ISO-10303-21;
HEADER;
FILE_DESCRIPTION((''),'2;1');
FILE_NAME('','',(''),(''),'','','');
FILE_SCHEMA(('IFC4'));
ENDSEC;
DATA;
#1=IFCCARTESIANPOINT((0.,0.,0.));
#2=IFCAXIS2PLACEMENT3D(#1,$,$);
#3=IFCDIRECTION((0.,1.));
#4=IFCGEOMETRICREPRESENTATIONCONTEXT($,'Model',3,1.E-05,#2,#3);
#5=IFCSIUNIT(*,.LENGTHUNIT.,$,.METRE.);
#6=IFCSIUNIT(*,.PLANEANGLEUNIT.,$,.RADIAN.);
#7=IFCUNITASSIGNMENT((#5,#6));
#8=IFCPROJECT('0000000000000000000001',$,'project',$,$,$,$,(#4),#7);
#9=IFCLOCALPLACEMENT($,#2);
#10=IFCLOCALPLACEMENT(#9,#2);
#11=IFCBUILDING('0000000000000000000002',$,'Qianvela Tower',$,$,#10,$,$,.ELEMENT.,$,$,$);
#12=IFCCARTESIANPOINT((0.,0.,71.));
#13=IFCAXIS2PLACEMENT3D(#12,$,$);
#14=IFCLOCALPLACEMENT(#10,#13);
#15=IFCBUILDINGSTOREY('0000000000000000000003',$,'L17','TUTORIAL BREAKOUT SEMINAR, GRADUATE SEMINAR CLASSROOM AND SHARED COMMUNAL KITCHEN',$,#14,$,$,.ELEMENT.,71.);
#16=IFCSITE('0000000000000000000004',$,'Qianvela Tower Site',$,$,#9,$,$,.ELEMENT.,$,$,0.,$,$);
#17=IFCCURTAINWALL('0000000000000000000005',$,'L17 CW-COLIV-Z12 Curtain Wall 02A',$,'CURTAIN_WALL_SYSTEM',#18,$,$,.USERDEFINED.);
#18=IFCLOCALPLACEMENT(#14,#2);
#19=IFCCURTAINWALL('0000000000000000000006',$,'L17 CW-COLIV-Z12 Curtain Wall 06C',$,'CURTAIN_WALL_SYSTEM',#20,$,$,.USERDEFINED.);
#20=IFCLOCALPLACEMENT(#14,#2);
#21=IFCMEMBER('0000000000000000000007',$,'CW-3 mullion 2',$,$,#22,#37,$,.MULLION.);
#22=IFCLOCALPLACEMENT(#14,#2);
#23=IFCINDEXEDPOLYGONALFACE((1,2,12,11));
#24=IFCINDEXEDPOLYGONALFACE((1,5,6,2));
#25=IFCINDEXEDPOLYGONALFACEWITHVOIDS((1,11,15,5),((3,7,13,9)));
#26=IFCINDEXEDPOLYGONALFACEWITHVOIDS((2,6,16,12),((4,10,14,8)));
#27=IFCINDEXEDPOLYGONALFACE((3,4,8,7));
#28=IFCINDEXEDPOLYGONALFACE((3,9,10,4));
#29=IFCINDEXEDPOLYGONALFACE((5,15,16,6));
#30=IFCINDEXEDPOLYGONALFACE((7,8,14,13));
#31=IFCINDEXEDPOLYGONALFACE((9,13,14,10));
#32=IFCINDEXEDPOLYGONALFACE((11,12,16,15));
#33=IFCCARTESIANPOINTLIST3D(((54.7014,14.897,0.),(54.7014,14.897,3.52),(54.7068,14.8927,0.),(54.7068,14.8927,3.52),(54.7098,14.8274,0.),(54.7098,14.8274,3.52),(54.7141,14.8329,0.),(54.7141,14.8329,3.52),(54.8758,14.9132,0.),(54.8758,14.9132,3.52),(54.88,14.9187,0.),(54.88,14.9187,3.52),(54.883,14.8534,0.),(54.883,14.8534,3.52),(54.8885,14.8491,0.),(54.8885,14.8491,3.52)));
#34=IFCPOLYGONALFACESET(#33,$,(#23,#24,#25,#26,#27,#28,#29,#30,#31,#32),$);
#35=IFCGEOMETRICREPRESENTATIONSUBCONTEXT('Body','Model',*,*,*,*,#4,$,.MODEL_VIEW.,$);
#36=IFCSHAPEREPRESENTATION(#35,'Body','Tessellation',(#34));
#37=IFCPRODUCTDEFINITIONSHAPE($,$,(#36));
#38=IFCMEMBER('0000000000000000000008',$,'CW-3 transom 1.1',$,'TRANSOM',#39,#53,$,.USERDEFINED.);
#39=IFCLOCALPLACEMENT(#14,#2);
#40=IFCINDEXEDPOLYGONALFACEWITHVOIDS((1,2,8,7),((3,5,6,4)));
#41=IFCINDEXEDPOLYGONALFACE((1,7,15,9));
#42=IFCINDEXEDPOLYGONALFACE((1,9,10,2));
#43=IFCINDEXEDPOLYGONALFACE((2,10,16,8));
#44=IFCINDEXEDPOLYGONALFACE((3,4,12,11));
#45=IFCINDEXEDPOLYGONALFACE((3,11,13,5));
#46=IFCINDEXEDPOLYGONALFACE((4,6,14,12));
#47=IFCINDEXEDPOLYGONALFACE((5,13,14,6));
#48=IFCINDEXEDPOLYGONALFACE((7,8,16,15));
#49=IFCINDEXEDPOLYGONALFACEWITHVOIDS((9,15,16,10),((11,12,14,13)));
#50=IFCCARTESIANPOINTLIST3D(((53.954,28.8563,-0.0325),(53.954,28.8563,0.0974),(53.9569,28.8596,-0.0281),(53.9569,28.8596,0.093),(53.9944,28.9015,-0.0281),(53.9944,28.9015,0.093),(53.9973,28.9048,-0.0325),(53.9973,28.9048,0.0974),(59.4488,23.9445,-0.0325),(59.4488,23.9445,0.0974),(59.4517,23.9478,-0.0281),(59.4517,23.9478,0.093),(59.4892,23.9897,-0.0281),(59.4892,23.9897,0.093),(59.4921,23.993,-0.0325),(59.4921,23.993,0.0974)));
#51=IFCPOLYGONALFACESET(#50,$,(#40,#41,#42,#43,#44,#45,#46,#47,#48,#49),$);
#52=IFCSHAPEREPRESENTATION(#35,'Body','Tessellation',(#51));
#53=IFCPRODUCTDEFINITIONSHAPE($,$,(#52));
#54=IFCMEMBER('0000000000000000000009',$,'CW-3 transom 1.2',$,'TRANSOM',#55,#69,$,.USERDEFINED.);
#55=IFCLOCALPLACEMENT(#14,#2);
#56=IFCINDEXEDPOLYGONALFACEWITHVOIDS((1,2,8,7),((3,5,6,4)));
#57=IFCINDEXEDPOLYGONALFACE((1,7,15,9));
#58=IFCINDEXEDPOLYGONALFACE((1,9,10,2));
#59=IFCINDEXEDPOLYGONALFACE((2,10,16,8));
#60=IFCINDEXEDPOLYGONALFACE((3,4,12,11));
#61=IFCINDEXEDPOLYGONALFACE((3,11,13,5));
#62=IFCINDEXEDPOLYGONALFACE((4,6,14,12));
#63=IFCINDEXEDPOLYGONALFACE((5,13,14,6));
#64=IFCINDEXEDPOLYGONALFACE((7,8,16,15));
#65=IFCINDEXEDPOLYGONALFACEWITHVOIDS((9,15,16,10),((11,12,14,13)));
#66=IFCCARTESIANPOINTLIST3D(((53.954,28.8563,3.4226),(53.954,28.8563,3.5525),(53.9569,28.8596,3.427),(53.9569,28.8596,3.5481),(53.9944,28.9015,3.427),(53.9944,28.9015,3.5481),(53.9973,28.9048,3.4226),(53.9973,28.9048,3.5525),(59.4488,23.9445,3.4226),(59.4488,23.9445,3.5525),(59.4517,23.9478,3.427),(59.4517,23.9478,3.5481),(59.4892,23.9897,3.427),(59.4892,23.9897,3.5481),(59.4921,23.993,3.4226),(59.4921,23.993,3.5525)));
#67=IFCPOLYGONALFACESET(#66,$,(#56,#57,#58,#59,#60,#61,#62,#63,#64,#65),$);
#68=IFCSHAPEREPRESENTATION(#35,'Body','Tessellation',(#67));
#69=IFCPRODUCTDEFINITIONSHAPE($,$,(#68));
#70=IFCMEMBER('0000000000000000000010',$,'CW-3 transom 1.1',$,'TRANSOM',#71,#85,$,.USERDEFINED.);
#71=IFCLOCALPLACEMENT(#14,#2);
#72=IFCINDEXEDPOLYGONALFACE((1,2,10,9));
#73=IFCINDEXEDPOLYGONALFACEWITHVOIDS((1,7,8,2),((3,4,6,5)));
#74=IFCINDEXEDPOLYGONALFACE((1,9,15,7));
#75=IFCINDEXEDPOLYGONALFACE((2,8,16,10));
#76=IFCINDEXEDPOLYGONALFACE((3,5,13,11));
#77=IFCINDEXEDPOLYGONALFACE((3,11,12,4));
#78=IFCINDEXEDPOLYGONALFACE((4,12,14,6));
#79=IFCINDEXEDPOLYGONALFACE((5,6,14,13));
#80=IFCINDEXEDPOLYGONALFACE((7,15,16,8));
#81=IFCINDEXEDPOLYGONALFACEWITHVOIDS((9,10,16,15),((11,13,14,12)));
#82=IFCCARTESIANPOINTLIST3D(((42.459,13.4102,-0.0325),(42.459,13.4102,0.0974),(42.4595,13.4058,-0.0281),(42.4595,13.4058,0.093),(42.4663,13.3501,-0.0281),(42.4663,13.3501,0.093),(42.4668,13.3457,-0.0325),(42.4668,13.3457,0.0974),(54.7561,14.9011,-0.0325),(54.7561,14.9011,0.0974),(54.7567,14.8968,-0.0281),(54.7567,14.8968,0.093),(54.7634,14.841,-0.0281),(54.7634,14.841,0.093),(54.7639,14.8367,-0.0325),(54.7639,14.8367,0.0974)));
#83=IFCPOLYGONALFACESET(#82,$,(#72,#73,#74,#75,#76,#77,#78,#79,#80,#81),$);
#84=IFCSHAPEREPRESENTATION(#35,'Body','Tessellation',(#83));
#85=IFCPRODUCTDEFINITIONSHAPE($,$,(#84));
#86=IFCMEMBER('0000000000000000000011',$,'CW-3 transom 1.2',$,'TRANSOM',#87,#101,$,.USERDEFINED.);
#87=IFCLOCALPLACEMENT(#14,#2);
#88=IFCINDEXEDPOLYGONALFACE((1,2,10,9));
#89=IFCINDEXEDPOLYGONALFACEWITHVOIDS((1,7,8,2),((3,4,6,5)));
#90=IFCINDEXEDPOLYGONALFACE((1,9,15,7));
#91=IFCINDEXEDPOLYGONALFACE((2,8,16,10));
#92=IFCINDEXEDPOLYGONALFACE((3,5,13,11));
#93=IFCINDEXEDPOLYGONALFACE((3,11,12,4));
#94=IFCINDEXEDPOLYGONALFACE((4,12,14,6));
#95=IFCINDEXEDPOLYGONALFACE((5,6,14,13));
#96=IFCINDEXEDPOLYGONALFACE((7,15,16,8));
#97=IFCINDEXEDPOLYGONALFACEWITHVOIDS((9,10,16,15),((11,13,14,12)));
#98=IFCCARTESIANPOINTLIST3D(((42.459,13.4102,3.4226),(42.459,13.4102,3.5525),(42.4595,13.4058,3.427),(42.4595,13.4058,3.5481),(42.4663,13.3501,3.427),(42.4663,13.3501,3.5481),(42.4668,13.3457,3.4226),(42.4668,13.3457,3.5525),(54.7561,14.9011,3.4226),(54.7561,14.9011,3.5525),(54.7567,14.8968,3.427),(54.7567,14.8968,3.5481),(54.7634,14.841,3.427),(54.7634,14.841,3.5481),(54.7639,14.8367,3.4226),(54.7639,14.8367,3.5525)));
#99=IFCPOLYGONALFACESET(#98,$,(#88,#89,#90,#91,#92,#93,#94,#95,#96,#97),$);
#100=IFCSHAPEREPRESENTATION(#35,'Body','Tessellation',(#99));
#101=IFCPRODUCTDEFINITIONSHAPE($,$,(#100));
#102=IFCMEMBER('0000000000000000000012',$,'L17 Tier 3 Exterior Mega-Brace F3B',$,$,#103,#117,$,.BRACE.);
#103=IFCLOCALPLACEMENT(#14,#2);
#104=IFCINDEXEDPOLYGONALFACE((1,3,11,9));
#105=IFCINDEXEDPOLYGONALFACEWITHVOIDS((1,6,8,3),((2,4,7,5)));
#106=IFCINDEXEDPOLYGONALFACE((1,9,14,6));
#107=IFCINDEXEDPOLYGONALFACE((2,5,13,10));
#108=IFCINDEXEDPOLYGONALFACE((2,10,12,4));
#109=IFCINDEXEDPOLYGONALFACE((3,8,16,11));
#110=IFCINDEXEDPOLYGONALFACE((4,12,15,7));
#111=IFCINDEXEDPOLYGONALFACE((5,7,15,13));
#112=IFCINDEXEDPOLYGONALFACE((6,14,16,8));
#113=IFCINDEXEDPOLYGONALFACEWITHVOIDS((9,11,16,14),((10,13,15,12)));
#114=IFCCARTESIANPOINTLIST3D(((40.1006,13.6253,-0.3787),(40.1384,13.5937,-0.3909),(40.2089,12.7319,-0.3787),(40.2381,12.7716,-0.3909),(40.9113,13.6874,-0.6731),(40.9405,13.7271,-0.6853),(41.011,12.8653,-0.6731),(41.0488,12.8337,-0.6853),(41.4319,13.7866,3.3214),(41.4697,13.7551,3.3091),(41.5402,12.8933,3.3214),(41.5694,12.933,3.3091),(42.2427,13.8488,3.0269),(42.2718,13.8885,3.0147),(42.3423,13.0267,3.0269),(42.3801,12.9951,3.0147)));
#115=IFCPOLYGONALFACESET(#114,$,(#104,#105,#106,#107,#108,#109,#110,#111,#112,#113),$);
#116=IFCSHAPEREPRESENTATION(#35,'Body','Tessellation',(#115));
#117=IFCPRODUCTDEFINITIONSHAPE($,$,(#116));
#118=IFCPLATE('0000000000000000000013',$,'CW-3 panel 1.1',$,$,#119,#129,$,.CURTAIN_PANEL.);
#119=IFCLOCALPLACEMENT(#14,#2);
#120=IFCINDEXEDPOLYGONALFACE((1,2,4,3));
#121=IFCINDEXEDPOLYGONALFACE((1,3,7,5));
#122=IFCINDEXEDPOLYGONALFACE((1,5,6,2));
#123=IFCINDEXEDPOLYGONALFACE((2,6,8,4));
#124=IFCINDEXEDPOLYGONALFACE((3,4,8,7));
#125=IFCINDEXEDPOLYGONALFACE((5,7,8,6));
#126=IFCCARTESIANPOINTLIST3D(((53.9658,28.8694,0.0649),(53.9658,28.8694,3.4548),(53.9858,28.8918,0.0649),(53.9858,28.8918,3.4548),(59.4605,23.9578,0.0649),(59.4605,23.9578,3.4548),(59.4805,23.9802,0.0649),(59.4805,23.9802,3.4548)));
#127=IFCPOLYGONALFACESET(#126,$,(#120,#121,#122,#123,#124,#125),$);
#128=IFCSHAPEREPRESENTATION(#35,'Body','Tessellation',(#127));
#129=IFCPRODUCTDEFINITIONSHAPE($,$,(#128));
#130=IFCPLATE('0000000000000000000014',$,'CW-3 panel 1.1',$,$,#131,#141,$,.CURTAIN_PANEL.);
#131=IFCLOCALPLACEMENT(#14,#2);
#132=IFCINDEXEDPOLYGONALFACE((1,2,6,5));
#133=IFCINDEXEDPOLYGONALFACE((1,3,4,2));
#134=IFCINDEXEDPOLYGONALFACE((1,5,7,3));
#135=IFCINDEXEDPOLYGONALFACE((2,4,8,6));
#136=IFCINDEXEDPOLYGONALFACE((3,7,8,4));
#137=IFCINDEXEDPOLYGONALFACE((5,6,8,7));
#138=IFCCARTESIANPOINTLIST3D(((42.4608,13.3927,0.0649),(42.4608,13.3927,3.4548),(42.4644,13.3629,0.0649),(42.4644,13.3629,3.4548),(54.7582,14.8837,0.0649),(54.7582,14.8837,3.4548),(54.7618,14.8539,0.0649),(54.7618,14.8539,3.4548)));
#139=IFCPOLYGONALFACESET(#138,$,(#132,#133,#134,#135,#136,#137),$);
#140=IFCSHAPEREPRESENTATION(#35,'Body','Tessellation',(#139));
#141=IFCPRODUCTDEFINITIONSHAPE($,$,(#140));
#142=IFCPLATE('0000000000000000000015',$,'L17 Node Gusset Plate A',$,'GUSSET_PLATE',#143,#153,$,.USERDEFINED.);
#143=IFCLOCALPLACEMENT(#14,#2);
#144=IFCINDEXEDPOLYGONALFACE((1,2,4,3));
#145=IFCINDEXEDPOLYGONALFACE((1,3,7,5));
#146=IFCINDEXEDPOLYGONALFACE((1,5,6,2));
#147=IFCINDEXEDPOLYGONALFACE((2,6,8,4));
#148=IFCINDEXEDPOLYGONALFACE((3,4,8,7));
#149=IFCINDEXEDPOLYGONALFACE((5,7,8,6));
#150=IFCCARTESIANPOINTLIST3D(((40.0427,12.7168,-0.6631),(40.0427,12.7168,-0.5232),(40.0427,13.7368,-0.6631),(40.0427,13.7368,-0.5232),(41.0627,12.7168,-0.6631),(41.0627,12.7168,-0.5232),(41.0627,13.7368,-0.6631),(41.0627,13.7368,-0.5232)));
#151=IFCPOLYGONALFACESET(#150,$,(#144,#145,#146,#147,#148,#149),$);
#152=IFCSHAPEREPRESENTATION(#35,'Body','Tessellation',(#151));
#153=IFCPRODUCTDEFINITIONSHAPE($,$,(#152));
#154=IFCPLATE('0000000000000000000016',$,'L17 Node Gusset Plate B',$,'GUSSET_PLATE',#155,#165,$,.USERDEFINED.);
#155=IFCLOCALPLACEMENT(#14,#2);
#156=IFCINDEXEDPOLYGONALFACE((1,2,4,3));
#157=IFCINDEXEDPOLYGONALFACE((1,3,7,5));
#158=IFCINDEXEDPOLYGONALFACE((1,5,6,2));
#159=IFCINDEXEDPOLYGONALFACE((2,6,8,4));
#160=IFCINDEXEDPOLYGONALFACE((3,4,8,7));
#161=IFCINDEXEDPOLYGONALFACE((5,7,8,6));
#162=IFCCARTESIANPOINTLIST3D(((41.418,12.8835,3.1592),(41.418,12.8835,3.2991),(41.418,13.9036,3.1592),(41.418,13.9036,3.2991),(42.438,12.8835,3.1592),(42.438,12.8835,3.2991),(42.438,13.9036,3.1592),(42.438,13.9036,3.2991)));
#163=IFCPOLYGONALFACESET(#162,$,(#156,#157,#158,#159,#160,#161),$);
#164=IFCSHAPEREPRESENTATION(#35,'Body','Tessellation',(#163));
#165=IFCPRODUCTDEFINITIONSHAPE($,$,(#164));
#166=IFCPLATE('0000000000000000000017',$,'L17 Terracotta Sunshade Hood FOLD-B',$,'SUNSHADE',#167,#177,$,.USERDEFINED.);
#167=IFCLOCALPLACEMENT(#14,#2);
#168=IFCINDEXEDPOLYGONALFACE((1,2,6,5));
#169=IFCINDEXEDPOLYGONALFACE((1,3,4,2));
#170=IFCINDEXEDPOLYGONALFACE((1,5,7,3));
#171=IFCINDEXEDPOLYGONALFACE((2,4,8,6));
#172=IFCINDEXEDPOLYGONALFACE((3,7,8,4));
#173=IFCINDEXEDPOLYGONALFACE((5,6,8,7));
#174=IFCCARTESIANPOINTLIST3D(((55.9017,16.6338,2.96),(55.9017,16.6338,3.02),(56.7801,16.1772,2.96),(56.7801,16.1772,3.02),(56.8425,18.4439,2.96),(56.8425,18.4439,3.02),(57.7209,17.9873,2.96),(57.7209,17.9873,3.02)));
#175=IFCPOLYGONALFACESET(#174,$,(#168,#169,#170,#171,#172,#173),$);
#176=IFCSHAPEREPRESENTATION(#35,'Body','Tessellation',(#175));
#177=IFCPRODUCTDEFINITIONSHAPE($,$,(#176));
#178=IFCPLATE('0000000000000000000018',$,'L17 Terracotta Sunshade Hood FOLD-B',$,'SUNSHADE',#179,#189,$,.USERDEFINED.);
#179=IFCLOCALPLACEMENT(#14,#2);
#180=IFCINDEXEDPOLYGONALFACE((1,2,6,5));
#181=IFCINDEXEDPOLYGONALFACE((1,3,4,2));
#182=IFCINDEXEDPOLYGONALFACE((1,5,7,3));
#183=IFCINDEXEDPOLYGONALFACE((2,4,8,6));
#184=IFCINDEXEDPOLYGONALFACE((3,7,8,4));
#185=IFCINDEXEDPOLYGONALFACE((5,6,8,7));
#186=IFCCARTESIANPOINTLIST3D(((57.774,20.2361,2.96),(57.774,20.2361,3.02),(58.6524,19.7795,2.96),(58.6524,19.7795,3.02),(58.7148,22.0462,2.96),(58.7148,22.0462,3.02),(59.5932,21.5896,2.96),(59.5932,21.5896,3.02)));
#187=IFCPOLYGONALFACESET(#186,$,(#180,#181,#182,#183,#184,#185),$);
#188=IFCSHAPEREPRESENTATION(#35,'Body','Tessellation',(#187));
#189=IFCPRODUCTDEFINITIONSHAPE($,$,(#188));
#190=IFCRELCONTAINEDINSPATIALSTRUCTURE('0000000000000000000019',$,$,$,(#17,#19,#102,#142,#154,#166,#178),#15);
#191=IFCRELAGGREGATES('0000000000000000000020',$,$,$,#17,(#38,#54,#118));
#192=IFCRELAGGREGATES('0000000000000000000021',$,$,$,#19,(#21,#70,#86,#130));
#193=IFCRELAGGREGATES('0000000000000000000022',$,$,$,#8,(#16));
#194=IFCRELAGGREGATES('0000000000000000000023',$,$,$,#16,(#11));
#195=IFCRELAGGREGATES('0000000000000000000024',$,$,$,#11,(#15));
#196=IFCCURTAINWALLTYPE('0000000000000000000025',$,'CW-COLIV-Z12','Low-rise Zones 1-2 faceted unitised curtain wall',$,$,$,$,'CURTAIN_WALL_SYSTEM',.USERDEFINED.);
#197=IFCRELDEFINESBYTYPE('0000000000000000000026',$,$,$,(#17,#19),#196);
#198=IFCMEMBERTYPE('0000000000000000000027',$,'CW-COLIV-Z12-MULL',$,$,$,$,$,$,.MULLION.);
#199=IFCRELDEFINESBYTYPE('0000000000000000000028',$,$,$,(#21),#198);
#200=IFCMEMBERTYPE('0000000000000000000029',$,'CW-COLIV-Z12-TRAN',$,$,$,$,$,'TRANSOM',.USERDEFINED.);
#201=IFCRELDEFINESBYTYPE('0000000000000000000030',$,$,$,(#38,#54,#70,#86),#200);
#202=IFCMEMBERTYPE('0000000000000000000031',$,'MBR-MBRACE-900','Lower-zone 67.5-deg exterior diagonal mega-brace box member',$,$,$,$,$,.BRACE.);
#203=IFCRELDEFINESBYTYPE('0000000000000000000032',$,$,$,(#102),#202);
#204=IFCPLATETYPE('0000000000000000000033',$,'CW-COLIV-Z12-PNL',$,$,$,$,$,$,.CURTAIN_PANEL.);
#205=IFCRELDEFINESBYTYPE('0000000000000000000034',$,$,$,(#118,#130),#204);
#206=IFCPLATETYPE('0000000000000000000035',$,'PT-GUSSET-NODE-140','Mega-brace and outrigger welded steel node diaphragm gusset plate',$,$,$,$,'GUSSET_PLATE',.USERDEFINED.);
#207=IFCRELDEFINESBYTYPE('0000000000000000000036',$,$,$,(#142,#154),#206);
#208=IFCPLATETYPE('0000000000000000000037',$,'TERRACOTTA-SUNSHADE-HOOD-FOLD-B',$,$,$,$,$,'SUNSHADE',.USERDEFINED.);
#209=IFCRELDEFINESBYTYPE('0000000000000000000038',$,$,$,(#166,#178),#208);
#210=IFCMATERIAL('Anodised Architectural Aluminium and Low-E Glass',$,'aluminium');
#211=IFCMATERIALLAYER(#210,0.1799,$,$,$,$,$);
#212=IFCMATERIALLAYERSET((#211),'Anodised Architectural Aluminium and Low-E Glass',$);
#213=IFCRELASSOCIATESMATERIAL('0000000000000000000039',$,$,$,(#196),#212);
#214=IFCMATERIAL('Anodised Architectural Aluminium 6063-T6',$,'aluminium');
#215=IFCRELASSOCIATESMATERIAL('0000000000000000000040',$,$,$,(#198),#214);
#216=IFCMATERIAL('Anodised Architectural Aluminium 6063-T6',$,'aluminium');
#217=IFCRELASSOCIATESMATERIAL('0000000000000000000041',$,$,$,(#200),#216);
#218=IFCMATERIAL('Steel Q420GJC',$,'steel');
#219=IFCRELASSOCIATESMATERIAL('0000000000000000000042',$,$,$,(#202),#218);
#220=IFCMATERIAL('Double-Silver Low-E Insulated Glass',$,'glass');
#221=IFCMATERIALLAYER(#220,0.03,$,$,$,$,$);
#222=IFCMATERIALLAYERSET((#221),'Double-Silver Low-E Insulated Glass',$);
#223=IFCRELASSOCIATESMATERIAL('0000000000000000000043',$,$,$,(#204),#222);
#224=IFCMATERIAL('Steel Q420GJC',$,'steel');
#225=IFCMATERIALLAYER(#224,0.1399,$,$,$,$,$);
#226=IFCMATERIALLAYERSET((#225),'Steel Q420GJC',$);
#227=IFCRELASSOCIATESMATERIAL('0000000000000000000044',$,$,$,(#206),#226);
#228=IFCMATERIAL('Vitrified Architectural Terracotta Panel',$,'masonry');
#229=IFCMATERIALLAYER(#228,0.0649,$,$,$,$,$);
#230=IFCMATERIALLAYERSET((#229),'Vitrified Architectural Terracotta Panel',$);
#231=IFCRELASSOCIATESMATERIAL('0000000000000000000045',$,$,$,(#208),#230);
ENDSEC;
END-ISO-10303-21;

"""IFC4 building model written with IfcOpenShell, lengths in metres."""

from ifc_helpers import new_model, si_unit, direction, frame, origin, origin_2d, place, context, subcontext, project, spatial, rectangle, hollow_rectangle, extrude, material, layer, layer_set, material_profile, profile_set, type_object, element, aggregate, save


model = new_model("IFC4")

# Units and contexts
model_context = context("Model", 3, precision=1e-05, world=origin(), true_north=direction((0.0, 1.0)))
body_context = subcontext(model_context, "Body", "Model", "MODEL_VIEW")
ifc_project = project(units=[si_unit("LENGTHUNIT", "METRE"), si_unit("PLANEANGLEUNIT", "RADIAN")], contexts=[model_context])

# Site, building, storey
site_placement = place(None, origin())
site = spatial("IfcSite", under=ifc_project, at=site_placement, Name="Qianvela Tower Site", CompositionType="ELEMENT", RefElevation=0.0)
building_placement = place(site_placement, origin())
building = spatial("IfcBuilding", under=site, at=building_placement, Name="Qianvela Tower", CompositionType="ELEMENT")
storey_placement = place(building_placement, frame((0.0, 0.0, 71.0)))
storey = spatial("IfcBuildingStorey", under=building, at=storey_placement, Name="L17", Description="TUTORIAL BREAKOUT SEMINAR, GRADUATE SEMINAR CLASSROOM AND SHARED COMMUNAL KITCHEN", CompositionType="ELEMENT", Elevation=71.0)

# Curtain wall
ifc_material_1 = material(Name="Anodised Architectural Aluminium and Low-E Glass", Category="aluminium")
ifc_layer_1 = layer(ifc_material_1, 0.1799)
ifc_layer_set_1 = layer_set([ifc_layer_1], Name="Anodised Architectural Aluminium and Low-E Glass")
curtain_wall_type_1 = type_object("IfcCurtainWallType", Name="CW-COLIV-Z12", Description="Low-rise Zones 1-2 faceted unitised curtain wall", ElementType="CURTAIN_WALL_SYSTEM", PredefinedType="USERDEFINED", material=ifc_layer_set_1)
curtain_wall_1_placement = place(storey_placement, origin())
curtain_wall_1 = element("IfcCurtainWall", 1, at=curtain_wall_1_placement, inside=storey, type_object=curtain_wall_type_1, Name="L17 CW-COLIV-Z12 Curtain Wall 02A", ObjectType="CURTAIN_WALL_SYSTEM", PredefinedType="USERDEFINED")
ifc_material_2 = material(Name="Anodised Architectural Aluminium 6063-T6", Category="aluminium")
ifc_material_profile_1 = material_profile(ifc_material_2, hollow_rectangle(XDim=0.0701, YDim=0.1799, WallThickness=0.0049, at=origin_2d()), Name="ALU-MULL-70x180")
ifc_profile_set_1 = profile_set([ifc_material_profile_1], Name="Anodised Architectural Aluminium 6063-T6")
member_type_1 = type_object("IfcMemberType", Name="CW-COLIV-Z12-MULL", PredefinedType="MULLION", material=ifc_profile_set_1)

# Curtain wall, member
curtain_wall_2_placement = place(storey_placement, origin())
curtain_wall_2 = element("IfcCurtainWall", 2, at=curtain_wall_2_placement, inside=storey, type_object=curtain_wall_type_1, Name="L17 CW-COLIV-Z12 Curtain Wall 06C", ObjectType="CURTAIN_WALL_SYSTEM", PredefinedType="USERDEFINED")
member_1_placement = place(storey_placement, frame((54.7949, 14.873, 0.0), z_axis=(0.0, 0.0, 1.0), x_axis=(-0.12036, 0.99273, 0.0)))
member_1 = element("IfcMember", 3, at=member_1_placement, type_object=member_type_1, Name="CW-3 mullion 2", PredefinedType="MULLION", context=body_context, shape_type="SweptSolid", body=[
    extrude(hollow_rectangle(XDim=0.0701, YDim=0.1799, WallThickness=0.0049, at=origin_2d()), origin(), (0.0, 0.0, 1.0), 3.52),
])

# Members
ifc_material_3 = material(Name="Anodised Architectural Aluminium 6063-T6", Category="aluminium")
ifc_material_profile_2 = material_profile(ifc_material_3, hollow_rectangle(XDim=0.0649, YDim=0.1299, WallThickness=0.0044, at=origin_2d()), Name="ALU-TRAN-65x130")
ifc_profile_set_2 = profile_set([ifc_material_profile_2], Name="Anodised Architectural Aluminium 6063-T6")
member_type_2 = type_object("IfcMemberType", Name="CW-COLIV-Z12-TRAN", ElementType="TRANSOM", PredefinedType="USERDEFINED", material=ifc_profile_set_2)
member_2_placement = place(storey_placement, frame((59.4705, 23.9688, 0.0325), z_axis=(-0.745551, 0.666448, 0.0), x_axis=(-0.666448, -0.745551, 0.0)))
member_2 = element("IfcMember", 4, at=member_2_placement, type_object=member_type_2, Name="CW-3 transom 1.1", ObjectType="TRANSOM", PredefinedType="USERDEFINED", context=body_context, shape_type="SweptSolid", body=[
    extrude(hollow_rectangle(XDim=0.0649, YDim=0.1299, WallThickness=0.0044, at=origin_2d()), origin(), (0.0, 0.0, 1.0), 7.3701),
])
member_3_placement = place(storey_placement, frame((59.4705, 23.9688, 3.4875), z_axis=(-0.745551, 0.666448, 0.0), x_axis=(-0.666448, -0.745551, 0.0)))
member_3 = element("IfcMember", 5, at=member_3_placement, type_object=member_type_2, Name="CW-3 transom 1.2", ObjectType="TRANSOM", PredefinedType="USERDEFINED", context=body_context, shape_type="SweptSolid", body=[
    extrude(hollow_rectangle(XDim=0.0649, YDim=0.1299, WallThickness=0.0044, at=origin_2d()), origin(), (0.0, 0.0, 1.0), 7.3701),
])
member_4_placement = place(storey_placement, frame((42.4629, 13.3779, 0.0325), z_axis=(0.99273, 0.120364, 0.0), x_axis=(-0.120364, 0.99273, 0.0)))
member_4 = element("IfcMember", 6, at=member_4_placement, type_object=member_type_2, Name="CW-3 transom 1.1", ObjectType="TRANSOM", PredefinedType="USERDEFINED", context=body_context, shape_type="SweptSolid", body=[
    extrude(hollow_rectangle(XDim=0.0649, YDim=0.1299, WallThickness=0.0044, at=origin_2d()), origin(), (0.0, 0.0, 1.0), 12.3872),
])
member_5_placement = place(storey_placement, frame((42.4629, 13.3779, 3.4875), z_axis=(0.99273, 0.120364, 0.0), x_axis=(-0.120364, 0.99273, 0.0)))
member_5 = element("IfcMember", 7, at=member_5_placement, type_object=member_type_2, Name="CW-3 transom 1.2", ObjectType="TRANSOM", PredefinedType="USERDEFINED", context=body_context, shape_type="SweptSolid", body=[
    extrude(hollow_rectangle(XDim=0.0649, YDim=0.1299, WallThickness=0.0044, at=origin_2d()), origin(), (0.0, 0.0, 1.0), 12.3872),
])
ifc_material_4 = material(Name="Steel Q420GJC", Category="steel")
ifc_material_profile_3 = material_profile(ifc_material_4, hollow_rectangle(XDim=0.8999, YDim=0.8999, WallThickness=0.0359, at=origin_2d()), Name="MBOX-900x900x36")
ifc_profile_set_3 = profile_set([ifc_material_profile_3], Name="Steel Q420GJC")
member_type_3 = type_object("IfcMemberType", Name="MBR-MBRACE-900", Description="Lower-zone 67.5-deg exterior diagonal mega-brace box member", PredefinedType="BRACE", material=ifc_profile_set_3)
member_6_placement = place(storey_placement, frame((40.5747, 13.2295, -0.532), z_axis=(0.338281, 0.041006, 0.940151), x_axis=(-0.120337, 0.992733, 0.0)))
element("IfcMember", 8, at=member_6_placement, inside=storey, type_object=member_type_3, Name="L17 Tier 3 Exterior Mega-Brace F3B", PredefinedType="BRACE", context=body_context, shape_type="SweptSolid", body=[
    extrude(hollow_rectangle(XDim=0.8999, YDim=0.8999, WallThickness=0.0359, at=origin_2d()), origin(), (0.0, 0.0, 1.0), 3.9355),
])

# Plates
ifc_material_5 = material(Name="Double-Silver Low-E Insulated Glass", Category="glass")
ifc_layer_2 = layer(ifc_material_5, 0.03)
ifc_layer_set_2 = layer_set([ifc_layer_2], Name="Double-Silver Low-E Insulated Glass")
plate_type_1 = type_object("IfcPlateType", Name="CW-COLIV-Z12-PNL", PredefinedType="CURTAIN_PANEL", material=ifc_layer_set_2)
plate_1_placement = place(storey_placement, frame((56.7231, 26.4248, 0.0649), z_axis=(0.0, 0.0, 1.0), x_axis=(-0.745555, 0.666444, 0.0)))
plate_1 = element("IfcPlate", 9, at=plate_1_placement, type_object=plate_type_1, Name="CW-3 panel 1.1", PredefinedType="CURTAIN_PANEL", context=body_context, shape_type="SweptSolid", body=[
    extrude(rectangle(XDim=7.3699, YDim=0.03, at=origin_2d()), origin(), (0.0, 0.0, 1.0), 3.3899),
])
aggregate(curtain_wall_1, [member_2, member_3, plate_1])
plate_2_placement = place(storey_placement, frame((48.6113, 14.1233, 0.0649), z_axis=(0.0, 0.0, 1.0), x_axis=(0.99273, 0.12036, 0.0)))
plate_2 = element("IfcPlate", 10, at=plate_2_placement, type_object=plate_type_1, Name="CW-3 panel 1.1", PredefinedType="CURTAIN_PANEL", context=body_context, shape_type="SweptSolid", body=[
    extrude(rectangle(XDim=12.3875, YDim=0.03, at=origin_2d()), origin(), (0.0, 0.0, 1.0), 3.3899),
])
aggregate(curtain_wall_2, [member_1, member_4, member_5, plate_2])

# Plates
ifc_material_6 = material(Name="Steel Q420GJC", Category="steel")
ifc_layer_3 = layer(ifc_material_6, 0.1399)
ifc_layer_set_3 = layer_set([ifc_layer_3], Name="Steel Q420GJC")
plate_type_2 = type_object("IfcPlateType", Name="PT-GUSSET-NODE-140", Description="Mega-brace and outrigger welded steel node diaphragm gusset plate", ElementType="GUSSET_PLATE", PredefinedType="USERDEFINED", material=ifc_layer_set_3)
for number, where, z_axis, x_axis, name in (
    (11, (40.5527, 13.2268, -0.6631), (0.0, 0.0, 1.0), (1.0, 0.0, 0.0), "L17 Node Gusset Plate A"),
    (12, (41.928, 13.3936, 3.1592), (0.0, 0.0, 1.0), (1.0, 0.0, 0.0), "L17 Node Gusset Plate B"),
):
    element("IfcPlate", number, at=place(storey_placement, frame(where, z_axis=z_axis, x_axis=x_axis)), inside=storey, type_object=plate_type_2, Name=name, ObjectType="GUSSET_PLATE", PredefinedType="USERDEFINED", context=body_context, shape_type="SweptSolid", body=[
        extrude(rectangle(XDim=1.02, YDim=1.02, at=origin_2d()), origin(), (0.0, 0.0, 1.0), 0.1399),
    ])
ifc_material_7 = material(Name="Vitrified Architectural Terracotta Panel", Category="masonry")
ifc_layer_4 = layer(ifc_material_7, 0.0649)
ifc_layer_set_4 = layer_set([ifc_layer_4], Name="Vitrified Architectural Terracotta Panel")
plate_type_3 = type_object("IfcPlateType", Name="TERRACOTTA-SUNSHADE-HOOD-FOLD-B", ElementType="SUNSHADE", PredefinedType="USERDEFINED", material=ifc_layer_set_4)
for number, where, z_axis, x_axis, name in (
    (13, (56.8113, 17.3105, 2.96), (0.0, 0.0, 1.0), (0.461177, 0.887308, 0.0), "L17 Terracotta Sunshade Hood FOLD-B"),
    (14, (58.6836, 20.9128, 2.96), (0.0, 0.0, 1.0), (0.461177, 0.887308, 0.0), "L17 Terracotta Sunshade Hood FOLD-B"),
):
    element("IfcPlate", number, at=place(storey_placement, frame(where, z_axis=z_axis, x_axis=x_axis)), inside=storey, type_object=plate_type_3, Name=name, ObjectType="SUNSHADE", PredefinedType="USERDEFINED", context=body_context, shape_type="SweptSolid", body=[
        extrude(rectangle(XDim=2.04, YDim=0.99, at=origin_2d()), origin(), (0.0, 0.0, 1.0), 0.0601),
    ])

save(model, "model.ifc")
